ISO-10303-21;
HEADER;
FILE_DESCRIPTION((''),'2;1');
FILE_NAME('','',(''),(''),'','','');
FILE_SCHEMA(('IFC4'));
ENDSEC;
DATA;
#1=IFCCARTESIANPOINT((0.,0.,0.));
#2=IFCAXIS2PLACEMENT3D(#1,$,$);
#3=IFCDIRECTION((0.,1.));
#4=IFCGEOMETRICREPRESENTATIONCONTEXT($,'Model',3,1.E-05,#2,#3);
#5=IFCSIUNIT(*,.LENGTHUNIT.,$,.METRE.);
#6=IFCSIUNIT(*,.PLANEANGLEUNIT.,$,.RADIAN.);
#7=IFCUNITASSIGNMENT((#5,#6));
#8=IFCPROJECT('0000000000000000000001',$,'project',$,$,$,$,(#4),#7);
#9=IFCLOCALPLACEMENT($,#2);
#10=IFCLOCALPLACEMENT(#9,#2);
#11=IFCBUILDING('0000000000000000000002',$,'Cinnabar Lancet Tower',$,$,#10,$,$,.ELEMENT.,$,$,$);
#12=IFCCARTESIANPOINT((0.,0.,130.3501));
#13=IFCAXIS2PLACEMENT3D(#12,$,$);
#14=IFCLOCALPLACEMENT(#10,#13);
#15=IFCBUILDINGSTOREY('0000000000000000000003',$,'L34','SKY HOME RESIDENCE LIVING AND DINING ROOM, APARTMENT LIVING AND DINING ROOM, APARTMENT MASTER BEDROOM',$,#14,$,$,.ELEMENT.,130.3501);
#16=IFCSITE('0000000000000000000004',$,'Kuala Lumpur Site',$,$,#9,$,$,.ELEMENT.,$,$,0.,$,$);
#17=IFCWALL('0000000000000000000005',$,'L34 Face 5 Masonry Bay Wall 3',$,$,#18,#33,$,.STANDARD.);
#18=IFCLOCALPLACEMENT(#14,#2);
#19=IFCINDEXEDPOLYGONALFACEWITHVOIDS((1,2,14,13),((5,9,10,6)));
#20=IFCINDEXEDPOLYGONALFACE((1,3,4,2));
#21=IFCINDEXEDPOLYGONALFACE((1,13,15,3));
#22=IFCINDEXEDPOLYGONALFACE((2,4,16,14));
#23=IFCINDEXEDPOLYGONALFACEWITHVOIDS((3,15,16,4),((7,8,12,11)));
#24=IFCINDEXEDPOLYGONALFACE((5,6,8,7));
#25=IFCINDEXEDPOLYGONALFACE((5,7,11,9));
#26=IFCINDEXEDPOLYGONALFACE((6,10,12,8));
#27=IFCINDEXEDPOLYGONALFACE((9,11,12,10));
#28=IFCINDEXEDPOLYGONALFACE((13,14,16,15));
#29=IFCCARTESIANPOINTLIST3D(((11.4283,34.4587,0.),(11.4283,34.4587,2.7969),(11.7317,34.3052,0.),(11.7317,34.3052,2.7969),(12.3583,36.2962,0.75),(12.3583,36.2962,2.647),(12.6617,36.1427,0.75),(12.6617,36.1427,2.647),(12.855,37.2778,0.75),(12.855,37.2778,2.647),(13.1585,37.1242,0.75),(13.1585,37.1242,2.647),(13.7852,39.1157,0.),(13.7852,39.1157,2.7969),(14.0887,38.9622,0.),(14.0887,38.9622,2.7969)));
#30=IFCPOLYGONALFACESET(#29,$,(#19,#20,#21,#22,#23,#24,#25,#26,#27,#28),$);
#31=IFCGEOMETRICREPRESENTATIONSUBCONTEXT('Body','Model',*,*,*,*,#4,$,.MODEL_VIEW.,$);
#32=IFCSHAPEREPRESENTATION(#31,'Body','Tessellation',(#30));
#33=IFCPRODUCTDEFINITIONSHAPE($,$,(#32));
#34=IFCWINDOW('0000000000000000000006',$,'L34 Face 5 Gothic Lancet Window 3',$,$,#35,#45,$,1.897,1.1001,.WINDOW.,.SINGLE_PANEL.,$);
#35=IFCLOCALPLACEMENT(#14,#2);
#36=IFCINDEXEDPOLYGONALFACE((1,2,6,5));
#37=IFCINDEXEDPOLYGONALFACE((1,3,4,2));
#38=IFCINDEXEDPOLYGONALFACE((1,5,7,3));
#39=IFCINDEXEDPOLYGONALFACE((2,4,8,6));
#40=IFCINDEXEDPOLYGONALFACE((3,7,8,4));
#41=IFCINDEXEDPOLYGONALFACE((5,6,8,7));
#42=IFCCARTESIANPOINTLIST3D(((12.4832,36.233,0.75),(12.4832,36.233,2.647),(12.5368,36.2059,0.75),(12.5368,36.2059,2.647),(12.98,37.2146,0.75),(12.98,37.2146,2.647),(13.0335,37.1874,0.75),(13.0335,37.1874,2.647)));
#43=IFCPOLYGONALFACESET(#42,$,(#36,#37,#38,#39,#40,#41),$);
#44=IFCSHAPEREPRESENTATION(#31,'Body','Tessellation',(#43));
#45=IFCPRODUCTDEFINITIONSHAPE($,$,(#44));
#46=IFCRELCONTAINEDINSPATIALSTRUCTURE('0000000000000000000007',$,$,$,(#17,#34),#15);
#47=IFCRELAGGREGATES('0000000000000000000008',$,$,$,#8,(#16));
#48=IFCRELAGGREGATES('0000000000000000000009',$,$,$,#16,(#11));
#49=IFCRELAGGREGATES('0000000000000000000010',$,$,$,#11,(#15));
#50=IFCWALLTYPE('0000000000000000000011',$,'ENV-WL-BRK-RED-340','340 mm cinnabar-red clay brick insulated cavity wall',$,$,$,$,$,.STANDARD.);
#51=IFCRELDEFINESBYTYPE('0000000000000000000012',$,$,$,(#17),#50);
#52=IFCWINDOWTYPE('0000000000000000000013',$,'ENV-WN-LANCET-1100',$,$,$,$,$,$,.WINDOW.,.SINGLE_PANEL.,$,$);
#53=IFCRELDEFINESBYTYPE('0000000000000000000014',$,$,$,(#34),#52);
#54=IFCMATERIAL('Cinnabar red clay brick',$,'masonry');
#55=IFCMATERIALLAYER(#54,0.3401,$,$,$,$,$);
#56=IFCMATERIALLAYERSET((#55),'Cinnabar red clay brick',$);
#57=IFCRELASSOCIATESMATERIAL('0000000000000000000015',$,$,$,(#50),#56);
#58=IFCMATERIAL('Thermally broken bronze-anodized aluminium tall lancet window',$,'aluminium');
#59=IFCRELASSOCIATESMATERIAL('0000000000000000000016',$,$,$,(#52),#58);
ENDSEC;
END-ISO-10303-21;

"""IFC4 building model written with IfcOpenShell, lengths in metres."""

from ifc_helpers import new_model, si_unit, direction, frame, frame_2d, origin, place, context, subcontext, project, spatial, rectangle, extrude, material, layer, layer_set, type_object, element, fill, save


model = new_model("IFC4")

# Units and contexts
model_context = context("Model", 3, precision=1e-05, world=origin(), true_north=direction((0.0, 1.0)))
body_context = subcontext(model_context, "Body", "Model", "MODEL_VIEW")
ifc_project = project(units=[si_unit("LENGTHUNIT", "METRE"), si_unit("PLANEANGLEUNIT", "RADIAN")], contexts=[model_context])

# Site, building, storey
site_placement = place(None, origin())
site = spatial("IfcSite", under=ifc_project, at=site_placement, Name="Kuala Lumpur Site", CompositionType="ELEMENT", RefElevation=0.0)
building_placement = place(site_placement, origin())
building = spatial("IfcBuilding", under=site, at=building_placement, Name="Cinnabar Lancet Tower", CompositionType="ELEMENT")
storey_placement = place(building_placement, frame((0.0, 0.0, 130.3501)))
storey = spatial("IfcBuildingStorey", under=building, at=storey_placement, Name="L34", Description="SKY HOME RESIDENCE LIVING AND DINING ROOM, APARTMENT LIVING AND DINING ROOM, APARTMENT MASTER BEDROOM", CompositionType="ELEMENT", Elevation=130.3501)

# Shared definitions
ifc_material_1 = material(Name="Cinnabar red clay brick", Category="masonry")
ifc_layer_1 = layer(ifc_material_1, 0.3401)
ifc_layer_set_1 = layer_set([ifc_layer_1], Name="Cinnabar red clay brick")
wall_type_1 = type_object("IfcWallType", Name="ENV-WL-BRK-RED-340", Description="340 mm cinnabar-red clay brick insulated cavity wall", PredefinedType="STANDARD", material=ifc_layer_set_1)

# Wall, opening, window
ifc_material_2 = material(Name="Thermally broken bronze-anodized aluminium tall lancet window", Category="aluminium")
window_type = type_object("IfcWindowType", Name="ENV-WN-LANCET-1100", PartitioningType="SINGLE_PANEL", PredefinedType="WINDOW", material=ifc_material_2)
wall_1_placement = place(storey_placement, frame((13.937, 39.0391, 0.0), z_axis=(0.0, 0.0, 1.0), x_axis=(-0.451568, -0.892237, 0.0)))
wall_1 = element("IfcWall", 1, at=wall_1_placement, inside=storey, type_object=wall_type_1, Name="L34 Face 5 Masonry Bay Wall 3", PredefinedType="STANDARD", context=body_context, shape_type="SweptSolid", body=[
    extrude(rectangle(XDim=5.2195, YDim=0.3401, at=frame_2d((2.6099, 0.0))), origin(), (0.0, 0.0, 1.0), 2.7969),
])
opening_1_placement = place(wall_1_placement, frame((2.0601, 0.0, 0.75)))
opening_1 = element("IfcOpeningElement", 2, at=opening_1_placement, cuts=wall_1, PredefinedType="OPENING", context=body_context, shape_type="SweptSolid", body=[
    extrude(rectangle(XDim=1.1001, YDim=1.897, at=frame_2d((0.55, 0.9485))), frame((0.0, 0.1799, 0.0), z_axis=(0.0, -1.0, 0.0), x_axis=(1.0, 0.0, 0.0)), (0.0, 0.0, 1.0), 0.3601),
])
window_1_placement = place(opening_1_placement, origin())
window_1 = element("IfcWindow", 3, at=window_1_placement, inside=storey, type_object=window_type, Name="L34 Face 5 Gothic Lancet Window 3", OverallHeight=1.897, OverallWidth=1.1001, PartitioningType="SINGLE_PANEL", PredefinedType="WINDOW", context=body_context, shape_type="SweptSolid", body=[
    extrude(rectangle(XDim=1.1001, YDim=1.897, at=frame_2d((0.55, 0.9485))), frame((0.0, 0.03, 0.0), z_axis=(0.0, -1.0, 0.0), x_axis=(1.0, 0.0, 0.0)), (0.0, 0.0, 1.0), 0.0601),
])
fill(opening_1, window_1)

save(model, "model.ifc")
